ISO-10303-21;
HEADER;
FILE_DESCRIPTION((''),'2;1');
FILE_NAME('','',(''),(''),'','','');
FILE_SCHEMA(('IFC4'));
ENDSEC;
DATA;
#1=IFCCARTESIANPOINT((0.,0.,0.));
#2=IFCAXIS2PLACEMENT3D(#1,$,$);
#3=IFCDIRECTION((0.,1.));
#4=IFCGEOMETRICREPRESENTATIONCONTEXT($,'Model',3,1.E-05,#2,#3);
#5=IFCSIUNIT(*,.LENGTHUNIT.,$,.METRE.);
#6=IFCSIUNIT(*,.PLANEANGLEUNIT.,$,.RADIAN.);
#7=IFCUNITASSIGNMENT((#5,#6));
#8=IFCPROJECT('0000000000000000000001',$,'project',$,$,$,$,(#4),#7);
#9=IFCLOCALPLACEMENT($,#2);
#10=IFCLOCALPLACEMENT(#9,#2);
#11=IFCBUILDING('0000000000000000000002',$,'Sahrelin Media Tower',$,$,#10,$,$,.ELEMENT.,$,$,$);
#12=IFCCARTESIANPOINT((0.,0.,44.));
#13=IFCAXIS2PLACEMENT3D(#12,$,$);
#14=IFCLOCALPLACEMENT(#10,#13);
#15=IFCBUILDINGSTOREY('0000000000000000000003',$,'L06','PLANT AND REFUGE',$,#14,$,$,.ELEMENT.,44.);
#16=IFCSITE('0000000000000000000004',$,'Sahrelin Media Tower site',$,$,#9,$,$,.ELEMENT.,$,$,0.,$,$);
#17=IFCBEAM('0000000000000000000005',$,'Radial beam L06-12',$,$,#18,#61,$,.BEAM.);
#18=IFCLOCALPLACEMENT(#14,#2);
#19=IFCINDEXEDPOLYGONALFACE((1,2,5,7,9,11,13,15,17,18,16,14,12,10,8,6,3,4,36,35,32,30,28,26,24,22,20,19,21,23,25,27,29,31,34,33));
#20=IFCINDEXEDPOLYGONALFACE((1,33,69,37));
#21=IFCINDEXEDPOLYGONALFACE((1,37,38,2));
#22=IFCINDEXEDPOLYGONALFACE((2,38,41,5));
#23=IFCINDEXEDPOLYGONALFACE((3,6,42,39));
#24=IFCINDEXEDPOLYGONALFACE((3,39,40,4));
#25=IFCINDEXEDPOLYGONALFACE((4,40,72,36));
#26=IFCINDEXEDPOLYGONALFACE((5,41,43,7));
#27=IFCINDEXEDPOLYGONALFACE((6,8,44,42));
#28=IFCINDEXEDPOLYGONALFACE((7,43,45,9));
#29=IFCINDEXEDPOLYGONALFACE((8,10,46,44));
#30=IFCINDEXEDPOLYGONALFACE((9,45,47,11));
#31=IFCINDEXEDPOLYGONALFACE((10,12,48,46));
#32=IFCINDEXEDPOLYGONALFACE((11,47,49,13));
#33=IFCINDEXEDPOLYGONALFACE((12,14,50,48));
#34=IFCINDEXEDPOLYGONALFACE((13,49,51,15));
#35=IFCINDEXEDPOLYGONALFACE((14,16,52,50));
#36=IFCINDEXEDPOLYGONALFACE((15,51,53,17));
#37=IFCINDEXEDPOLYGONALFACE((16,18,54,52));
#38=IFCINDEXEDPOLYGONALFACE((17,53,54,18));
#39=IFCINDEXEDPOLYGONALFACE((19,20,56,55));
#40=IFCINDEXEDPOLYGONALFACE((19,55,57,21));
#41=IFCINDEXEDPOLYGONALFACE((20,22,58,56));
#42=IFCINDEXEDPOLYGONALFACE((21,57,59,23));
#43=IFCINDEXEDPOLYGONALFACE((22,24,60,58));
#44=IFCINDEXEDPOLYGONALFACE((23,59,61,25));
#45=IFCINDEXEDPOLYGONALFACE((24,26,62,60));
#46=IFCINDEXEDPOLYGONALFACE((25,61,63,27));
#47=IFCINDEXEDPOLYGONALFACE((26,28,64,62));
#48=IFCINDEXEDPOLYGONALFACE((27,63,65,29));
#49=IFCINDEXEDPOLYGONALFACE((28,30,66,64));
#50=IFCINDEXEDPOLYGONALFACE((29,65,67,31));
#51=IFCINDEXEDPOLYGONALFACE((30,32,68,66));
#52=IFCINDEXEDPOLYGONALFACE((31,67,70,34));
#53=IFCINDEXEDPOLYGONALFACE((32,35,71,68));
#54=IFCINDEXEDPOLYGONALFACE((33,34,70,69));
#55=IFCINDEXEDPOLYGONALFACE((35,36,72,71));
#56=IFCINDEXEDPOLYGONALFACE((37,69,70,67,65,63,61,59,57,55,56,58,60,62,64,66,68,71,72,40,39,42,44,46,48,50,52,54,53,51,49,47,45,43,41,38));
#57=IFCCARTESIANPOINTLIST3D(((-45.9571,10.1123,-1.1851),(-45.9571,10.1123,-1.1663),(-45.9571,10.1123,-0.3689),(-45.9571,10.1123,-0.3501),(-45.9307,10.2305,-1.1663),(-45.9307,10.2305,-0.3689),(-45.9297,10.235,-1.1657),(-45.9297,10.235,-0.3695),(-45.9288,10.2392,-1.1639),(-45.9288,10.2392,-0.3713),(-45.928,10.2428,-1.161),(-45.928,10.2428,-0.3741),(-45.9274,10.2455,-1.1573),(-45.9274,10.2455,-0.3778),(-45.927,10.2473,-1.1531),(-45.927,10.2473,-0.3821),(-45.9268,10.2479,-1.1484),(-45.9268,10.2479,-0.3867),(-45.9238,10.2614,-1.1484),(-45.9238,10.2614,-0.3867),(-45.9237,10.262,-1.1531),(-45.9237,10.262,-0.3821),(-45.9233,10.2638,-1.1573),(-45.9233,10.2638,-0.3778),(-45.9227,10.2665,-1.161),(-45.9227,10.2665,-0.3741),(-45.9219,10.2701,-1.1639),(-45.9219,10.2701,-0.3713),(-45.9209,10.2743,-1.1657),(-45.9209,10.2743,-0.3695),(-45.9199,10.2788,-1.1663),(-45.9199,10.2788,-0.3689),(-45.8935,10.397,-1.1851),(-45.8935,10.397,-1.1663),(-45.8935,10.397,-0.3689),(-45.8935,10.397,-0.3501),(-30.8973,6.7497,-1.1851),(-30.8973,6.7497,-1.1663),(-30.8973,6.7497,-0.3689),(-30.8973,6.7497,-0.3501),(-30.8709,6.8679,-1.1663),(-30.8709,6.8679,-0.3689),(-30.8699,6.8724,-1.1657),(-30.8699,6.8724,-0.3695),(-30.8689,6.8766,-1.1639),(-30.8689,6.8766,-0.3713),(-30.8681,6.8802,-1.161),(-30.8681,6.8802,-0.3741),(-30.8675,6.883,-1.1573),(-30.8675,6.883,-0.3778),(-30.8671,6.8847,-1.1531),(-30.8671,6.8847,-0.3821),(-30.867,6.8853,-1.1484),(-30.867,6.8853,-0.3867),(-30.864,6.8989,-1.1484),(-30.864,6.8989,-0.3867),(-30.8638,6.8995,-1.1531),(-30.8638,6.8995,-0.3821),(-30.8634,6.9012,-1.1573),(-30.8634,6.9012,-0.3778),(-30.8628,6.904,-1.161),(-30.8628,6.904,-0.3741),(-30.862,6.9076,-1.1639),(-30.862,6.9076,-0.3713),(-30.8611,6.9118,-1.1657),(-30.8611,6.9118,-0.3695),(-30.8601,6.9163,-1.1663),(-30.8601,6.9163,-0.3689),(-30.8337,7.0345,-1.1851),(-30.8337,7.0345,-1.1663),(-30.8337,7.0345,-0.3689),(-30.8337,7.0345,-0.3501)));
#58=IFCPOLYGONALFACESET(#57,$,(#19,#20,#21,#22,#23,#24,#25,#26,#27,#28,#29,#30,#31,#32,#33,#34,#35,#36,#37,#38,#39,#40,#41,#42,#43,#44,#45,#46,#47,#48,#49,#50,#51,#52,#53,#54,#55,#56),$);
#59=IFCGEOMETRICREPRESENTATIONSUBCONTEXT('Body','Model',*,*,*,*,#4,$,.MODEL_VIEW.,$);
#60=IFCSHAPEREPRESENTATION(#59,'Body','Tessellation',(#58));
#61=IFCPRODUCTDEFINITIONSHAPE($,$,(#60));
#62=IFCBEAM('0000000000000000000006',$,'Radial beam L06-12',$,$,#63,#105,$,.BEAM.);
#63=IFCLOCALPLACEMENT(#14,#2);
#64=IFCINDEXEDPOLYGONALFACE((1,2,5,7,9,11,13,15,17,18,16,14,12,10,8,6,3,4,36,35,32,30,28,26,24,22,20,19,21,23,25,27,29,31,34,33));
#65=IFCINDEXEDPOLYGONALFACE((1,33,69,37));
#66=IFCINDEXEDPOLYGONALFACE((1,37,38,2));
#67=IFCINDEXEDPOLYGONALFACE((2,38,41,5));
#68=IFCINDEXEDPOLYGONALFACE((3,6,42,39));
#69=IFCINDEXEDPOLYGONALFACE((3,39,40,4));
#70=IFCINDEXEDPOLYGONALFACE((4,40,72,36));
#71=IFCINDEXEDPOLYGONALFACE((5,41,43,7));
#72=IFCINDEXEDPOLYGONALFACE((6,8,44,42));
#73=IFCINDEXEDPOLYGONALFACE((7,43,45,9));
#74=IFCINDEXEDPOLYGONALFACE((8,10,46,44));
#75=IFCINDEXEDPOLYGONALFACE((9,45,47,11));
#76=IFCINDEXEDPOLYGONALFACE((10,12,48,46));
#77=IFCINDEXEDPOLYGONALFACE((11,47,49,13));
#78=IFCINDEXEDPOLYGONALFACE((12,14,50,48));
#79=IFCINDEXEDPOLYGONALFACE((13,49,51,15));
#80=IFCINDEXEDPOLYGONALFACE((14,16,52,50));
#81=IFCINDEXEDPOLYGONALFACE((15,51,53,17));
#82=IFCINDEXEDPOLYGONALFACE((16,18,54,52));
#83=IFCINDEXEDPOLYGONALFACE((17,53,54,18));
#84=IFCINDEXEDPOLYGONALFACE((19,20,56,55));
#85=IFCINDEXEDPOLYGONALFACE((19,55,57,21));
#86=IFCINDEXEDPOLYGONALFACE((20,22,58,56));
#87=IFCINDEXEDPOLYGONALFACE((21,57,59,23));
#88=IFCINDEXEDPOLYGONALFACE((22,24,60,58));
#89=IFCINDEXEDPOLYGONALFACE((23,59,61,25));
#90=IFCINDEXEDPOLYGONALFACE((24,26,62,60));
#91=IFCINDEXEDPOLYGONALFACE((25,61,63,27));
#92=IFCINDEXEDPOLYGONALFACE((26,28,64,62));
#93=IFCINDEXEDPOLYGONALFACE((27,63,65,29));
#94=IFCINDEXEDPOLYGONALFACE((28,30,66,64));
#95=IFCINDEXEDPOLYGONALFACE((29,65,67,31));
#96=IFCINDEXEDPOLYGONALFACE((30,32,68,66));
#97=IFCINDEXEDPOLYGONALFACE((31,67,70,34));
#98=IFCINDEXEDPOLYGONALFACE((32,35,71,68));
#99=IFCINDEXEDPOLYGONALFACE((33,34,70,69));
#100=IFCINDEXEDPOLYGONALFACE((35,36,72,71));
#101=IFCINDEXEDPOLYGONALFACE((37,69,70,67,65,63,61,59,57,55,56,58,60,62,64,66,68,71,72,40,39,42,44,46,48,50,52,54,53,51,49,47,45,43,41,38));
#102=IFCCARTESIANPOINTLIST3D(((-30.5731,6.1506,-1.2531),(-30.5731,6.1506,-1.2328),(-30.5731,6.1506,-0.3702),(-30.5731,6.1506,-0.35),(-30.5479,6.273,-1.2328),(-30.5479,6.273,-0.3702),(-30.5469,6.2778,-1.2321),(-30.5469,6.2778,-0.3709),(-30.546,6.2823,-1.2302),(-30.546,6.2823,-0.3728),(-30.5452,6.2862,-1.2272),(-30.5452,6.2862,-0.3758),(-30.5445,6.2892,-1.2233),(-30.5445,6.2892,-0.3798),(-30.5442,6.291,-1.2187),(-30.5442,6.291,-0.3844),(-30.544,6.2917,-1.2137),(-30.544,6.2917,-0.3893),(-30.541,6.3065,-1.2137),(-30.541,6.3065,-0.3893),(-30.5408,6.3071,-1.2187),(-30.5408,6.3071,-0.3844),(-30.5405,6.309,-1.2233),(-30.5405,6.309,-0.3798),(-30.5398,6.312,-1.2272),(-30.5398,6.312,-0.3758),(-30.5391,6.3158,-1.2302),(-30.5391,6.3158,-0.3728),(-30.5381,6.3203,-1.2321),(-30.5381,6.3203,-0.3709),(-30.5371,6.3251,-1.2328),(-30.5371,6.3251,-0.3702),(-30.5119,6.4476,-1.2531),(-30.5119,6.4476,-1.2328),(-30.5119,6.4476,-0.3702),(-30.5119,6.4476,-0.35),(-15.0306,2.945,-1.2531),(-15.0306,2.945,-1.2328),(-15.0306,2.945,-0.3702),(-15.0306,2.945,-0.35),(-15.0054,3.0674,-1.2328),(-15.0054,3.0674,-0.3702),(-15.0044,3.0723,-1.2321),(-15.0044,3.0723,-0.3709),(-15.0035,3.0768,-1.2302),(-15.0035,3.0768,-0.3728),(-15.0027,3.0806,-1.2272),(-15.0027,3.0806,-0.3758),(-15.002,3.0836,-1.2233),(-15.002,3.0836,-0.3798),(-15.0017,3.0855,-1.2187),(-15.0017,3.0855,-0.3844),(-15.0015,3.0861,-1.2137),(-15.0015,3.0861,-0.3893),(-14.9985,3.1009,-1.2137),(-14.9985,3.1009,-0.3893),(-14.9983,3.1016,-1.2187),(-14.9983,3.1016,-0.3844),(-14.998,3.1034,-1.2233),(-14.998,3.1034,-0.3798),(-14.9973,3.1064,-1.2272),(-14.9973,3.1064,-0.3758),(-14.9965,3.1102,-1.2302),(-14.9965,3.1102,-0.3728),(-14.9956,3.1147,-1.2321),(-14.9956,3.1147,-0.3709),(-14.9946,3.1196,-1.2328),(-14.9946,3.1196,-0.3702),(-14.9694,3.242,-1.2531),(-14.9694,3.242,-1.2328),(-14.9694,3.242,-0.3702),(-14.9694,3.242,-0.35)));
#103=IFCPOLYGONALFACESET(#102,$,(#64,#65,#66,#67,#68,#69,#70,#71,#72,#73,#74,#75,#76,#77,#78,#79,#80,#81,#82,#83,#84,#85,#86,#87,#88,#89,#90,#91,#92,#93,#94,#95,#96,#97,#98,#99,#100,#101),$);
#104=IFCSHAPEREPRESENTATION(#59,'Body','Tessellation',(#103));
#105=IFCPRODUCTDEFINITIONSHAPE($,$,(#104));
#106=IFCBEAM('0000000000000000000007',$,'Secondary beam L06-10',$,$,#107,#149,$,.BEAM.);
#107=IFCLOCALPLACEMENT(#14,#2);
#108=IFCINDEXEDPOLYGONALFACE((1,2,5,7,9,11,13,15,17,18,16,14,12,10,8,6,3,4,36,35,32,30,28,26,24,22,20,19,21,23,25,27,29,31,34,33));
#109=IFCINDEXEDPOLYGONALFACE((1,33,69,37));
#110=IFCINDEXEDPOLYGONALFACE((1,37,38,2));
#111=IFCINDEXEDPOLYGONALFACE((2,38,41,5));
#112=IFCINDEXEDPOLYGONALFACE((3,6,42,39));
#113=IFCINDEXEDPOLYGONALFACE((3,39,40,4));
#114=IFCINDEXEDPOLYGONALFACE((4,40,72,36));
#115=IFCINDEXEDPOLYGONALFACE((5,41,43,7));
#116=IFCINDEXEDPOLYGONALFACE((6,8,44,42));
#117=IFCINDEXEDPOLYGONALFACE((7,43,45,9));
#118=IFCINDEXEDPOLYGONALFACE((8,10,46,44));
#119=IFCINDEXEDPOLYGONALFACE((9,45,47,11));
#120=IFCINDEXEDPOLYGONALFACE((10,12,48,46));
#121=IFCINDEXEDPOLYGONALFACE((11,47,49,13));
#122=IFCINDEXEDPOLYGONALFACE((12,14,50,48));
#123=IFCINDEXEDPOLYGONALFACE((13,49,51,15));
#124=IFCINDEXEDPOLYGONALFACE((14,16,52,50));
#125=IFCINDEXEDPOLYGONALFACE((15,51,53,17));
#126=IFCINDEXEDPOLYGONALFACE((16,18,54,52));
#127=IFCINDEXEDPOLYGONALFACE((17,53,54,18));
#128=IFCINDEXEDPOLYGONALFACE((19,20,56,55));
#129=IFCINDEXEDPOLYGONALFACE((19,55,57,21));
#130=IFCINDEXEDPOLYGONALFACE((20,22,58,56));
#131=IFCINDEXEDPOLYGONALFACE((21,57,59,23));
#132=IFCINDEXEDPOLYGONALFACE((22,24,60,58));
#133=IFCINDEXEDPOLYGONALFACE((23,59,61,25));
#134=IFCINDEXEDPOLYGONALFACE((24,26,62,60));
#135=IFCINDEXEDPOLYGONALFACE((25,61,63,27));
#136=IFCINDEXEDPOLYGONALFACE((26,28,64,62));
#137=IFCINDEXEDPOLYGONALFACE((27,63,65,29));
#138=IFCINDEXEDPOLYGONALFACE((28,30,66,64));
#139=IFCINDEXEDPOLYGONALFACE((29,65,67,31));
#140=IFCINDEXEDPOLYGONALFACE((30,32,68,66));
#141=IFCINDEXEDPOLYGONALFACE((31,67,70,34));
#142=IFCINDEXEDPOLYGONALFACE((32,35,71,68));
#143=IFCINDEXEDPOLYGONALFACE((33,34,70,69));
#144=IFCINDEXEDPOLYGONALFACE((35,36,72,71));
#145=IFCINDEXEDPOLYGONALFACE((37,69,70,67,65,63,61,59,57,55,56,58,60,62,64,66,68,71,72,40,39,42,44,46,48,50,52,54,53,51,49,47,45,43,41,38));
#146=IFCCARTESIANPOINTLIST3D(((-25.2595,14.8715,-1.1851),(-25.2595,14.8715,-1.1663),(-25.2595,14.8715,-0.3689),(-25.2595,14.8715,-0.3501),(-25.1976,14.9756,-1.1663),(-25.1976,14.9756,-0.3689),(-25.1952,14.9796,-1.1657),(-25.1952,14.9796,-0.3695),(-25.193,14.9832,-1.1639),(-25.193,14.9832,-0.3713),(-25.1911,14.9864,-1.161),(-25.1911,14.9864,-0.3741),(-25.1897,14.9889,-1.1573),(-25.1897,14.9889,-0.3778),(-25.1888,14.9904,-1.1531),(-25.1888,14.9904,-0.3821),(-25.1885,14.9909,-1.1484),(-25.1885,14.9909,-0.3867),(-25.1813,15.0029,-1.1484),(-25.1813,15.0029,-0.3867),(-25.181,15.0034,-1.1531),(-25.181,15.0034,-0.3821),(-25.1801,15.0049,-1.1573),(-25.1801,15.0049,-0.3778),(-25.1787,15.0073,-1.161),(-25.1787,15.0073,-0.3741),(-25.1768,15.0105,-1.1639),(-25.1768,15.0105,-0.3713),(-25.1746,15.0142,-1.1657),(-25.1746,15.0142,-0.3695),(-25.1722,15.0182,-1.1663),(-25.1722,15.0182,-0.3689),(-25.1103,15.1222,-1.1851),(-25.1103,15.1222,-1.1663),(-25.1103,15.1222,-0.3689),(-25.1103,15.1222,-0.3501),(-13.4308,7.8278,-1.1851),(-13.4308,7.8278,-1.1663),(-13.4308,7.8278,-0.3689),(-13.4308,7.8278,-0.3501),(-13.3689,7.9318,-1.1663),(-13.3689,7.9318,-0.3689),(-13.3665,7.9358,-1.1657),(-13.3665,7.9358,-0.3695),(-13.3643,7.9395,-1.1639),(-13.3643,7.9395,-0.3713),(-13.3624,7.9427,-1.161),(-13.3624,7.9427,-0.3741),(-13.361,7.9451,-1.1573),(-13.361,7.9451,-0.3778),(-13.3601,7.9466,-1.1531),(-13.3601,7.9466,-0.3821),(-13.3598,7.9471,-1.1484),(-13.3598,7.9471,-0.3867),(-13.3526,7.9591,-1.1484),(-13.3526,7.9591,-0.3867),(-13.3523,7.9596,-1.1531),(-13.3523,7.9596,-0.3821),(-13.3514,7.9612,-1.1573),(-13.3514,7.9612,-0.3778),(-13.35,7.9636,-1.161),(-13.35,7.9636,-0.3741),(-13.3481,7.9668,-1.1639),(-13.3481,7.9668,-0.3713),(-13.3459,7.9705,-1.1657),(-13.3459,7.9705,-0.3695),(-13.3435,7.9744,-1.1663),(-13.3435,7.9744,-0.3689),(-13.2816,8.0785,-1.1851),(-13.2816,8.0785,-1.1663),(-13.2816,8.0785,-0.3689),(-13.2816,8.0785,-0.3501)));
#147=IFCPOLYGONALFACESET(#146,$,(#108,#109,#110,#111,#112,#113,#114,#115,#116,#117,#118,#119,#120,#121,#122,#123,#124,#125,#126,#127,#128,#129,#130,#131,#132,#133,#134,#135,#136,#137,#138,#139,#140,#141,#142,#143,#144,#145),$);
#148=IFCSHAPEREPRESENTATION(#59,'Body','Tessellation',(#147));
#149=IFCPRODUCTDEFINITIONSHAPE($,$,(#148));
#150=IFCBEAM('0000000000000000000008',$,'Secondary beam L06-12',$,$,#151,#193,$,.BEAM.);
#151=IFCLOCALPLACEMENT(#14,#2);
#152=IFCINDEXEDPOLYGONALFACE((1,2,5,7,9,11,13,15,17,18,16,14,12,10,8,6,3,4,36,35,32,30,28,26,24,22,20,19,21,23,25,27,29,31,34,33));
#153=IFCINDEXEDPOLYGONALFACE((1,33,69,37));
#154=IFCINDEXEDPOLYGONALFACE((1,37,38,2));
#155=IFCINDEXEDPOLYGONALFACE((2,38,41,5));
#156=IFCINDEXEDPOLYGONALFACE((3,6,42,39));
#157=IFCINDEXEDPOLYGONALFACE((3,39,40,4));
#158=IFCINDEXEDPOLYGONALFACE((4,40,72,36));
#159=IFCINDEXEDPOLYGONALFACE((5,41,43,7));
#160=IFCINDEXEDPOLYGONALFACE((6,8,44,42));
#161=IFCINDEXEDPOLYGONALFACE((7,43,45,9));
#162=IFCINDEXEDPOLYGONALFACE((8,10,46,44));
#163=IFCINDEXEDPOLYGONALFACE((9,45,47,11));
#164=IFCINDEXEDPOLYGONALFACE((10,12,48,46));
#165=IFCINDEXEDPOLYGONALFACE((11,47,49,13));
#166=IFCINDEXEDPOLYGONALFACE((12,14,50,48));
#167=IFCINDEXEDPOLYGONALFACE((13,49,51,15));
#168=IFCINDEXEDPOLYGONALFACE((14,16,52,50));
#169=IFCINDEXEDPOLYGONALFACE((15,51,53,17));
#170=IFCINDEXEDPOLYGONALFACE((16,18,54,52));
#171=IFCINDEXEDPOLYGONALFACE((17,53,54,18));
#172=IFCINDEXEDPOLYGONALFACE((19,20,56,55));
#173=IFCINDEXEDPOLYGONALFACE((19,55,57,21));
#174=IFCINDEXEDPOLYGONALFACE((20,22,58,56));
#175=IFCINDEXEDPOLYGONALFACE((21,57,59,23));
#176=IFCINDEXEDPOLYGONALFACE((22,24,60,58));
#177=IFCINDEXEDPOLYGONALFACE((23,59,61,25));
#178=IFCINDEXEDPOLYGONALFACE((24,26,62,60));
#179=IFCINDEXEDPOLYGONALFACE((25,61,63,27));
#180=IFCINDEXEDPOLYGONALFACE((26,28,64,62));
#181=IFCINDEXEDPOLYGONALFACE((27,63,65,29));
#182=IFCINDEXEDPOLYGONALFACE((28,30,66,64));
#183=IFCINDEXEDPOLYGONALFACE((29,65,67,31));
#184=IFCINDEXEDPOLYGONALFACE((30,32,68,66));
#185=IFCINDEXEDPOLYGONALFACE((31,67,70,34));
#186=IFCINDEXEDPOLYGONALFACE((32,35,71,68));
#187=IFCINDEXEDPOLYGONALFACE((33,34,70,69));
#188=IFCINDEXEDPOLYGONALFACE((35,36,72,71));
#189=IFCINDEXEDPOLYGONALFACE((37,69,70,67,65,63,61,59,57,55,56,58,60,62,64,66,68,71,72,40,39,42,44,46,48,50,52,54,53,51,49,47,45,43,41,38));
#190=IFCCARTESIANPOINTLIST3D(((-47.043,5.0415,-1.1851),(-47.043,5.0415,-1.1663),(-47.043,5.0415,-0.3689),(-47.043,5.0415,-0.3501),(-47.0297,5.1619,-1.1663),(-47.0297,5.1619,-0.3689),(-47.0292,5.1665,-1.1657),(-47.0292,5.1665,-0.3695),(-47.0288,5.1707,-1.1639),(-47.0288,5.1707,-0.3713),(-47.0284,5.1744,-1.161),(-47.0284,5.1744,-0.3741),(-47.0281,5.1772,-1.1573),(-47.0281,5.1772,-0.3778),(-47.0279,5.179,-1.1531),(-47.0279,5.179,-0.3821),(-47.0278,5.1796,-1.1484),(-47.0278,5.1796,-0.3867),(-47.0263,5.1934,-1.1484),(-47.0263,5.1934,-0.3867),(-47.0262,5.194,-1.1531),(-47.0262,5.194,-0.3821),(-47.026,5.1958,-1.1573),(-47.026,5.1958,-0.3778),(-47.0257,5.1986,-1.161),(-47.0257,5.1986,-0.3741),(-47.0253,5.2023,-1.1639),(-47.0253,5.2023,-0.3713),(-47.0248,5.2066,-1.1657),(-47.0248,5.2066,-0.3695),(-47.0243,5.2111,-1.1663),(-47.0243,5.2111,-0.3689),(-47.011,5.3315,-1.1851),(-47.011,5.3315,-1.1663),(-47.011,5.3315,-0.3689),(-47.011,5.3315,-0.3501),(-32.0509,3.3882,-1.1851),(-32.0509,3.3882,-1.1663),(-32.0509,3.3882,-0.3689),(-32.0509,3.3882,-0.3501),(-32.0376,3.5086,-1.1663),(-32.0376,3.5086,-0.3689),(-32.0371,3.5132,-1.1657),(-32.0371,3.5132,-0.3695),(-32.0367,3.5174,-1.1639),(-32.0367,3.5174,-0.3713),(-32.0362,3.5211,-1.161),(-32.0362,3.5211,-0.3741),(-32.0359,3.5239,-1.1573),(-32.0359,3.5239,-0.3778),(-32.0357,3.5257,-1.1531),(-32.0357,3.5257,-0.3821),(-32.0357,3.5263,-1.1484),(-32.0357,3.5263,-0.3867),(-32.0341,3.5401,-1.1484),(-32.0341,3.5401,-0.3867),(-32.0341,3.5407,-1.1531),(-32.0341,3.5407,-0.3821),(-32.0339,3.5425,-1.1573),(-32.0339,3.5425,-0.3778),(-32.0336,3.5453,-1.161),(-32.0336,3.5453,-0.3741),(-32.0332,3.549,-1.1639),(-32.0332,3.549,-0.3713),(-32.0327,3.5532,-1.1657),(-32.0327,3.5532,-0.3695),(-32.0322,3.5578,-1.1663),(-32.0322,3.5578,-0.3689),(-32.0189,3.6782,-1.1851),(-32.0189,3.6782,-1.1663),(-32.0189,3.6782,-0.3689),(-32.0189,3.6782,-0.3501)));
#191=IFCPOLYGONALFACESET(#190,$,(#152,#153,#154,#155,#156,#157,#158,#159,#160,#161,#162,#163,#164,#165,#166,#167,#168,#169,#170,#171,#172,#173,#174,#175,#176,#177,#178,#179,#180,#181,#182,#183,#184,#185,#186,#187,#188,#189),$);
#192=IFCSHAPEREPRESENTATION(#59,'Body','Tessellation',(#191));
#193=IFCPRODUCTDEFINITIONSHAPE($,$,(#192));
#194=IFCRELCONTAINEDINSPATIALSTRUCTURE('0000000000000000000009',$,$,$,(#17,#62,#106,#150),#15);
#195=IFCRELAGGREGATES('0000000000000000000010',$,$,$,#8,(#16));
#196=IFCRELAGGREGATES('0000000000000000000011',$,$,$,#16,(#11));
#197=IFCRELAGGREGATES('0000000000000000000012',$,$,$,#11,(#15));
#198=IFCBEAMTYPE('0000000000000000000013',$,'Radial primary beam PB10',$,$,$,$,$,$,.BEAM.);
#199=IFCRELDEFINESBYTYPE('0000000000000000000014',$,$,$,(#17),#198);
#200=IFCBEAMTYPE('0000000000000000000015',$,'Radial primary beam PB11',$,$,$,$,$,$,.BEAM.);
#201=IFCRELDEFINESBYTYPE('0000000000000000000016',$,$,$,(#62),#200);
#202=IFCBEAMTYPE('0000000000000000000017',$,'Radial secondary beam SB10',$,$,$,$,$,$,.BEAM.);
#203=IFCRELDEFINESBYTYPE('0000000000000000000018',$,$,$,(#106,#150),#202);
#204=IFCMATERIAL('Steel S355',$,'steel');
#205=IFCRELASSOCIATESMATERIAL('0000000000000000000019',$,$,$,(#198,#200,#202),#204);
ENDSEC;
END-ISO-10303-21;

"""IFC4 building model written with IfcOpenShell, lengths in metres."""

from ifc_helpers import new_model, si_unit, direction, frame, origin, origin_2d, place, context, subcontext, project, spatial, i_section, extrude, material, material_profile, profile_set, type_object, element, save


model = new_model("IFC4")

# Units and contexts
model_context = context("Model", 3, precision=1e-05, world=origin(), true_north=direction((0.0, 1.0)))
body_context = subcontext(model_context, "Body", "Model", "MODEL_VIEW")
ifc_project = project(units=[si_unit("LENGTHUNIT", "METRE"), si_unit("PLANEANGLEUNIT", "RADIAN")], contexts=[model_context])

# Site, building, storey
site_placement = place(None, origin())
site = spatial("IfcSite", under=ifc_project, at=site_placement, Name="Sahrelin Media Tower site", CompositionType="ELEMENT", RefElevation=0.0)
building_placement = place(site_placement, origin())
building = spatial("IfcBuilding", under=site, at=building_placement, Name="Sahrelin Media Tower", CompositionType="ELEMENT")
storey_placement = place(building_placement, frame((0.0, 0.0, 44.0)))
storey = spatial("IfcBuildingStorey", under=building, at=storey_placement, Name="L06", Description="PLANT AND REFUGE", CompositionType="ELEMENT", Elevation=44.0)

# Beams
ifc_material_1 = material(Name="Steel S355", Category="steel")
ifc_material_profile_1 = material_profile(ifc_material_1, i_section(OverallWidth=0.2917, OverallDepth=0.835, WebThickness=0.0139, FlangeThickness=0.0188, FilletRadius=0.0178, at=origin_2d()), Name="UB 838x292x176")
ifc_profile_set_1 = profile_set([ifc_material_profile_1], Name="Steel S355")
beam_type_1 = type_object("IfcBeamType", Name="Radial primary beam PB10", PredefinedType="BEAM", material=ifc_profile_set_1)
beam_1_placement = place(storey_placement, frame((-30.8655, 6.8921, -0.7676), z_axis=(-0.975968, 0.217914, 0.0), x_axis=(-0.217914, -0.975968, 0.0)))
element("IfcBeam", 1, at=beam_1_placement, inside=storey, type_object=beam_type_1, Name="Radial beam L06-12", PredefinedType="BEAM", context=body_context, shape_type="SweptSolid", body=[
    extrude(i_section(OverallWidth=0.2917, OverallDepth=0.835, WebThickness=0.0139, FlangeThickness=0.0188, FilletRadius=0.0178, at=origin_2d()), origin(), (0.0, 0.0, 1.0), 15.4307),
])
ifc_material_profile_2 = material_profile(ifc_material_1, i_section(OverallWidth=0.3032, OverallDepth=0.9031, WebThickness=0.0151, FlangeThickness=0.0203, FilletRadius=0.019, at=origin_2d()), Name="UB 914x305x201")
ifc_profile_set_2 = profile_set([ifc_material_profile_2], Name="Steel S355")
beam_type_2 = type_object("IfcBeamType", Name="Radial primary beam PB11", PredefinedType="BEAM", material=ifc_profile_set_2)
beam_2_placement = place(storey_placement, frame((-15.0, 3.0935, -0.8015), z_axis=(-0.979387, 0.201994, 0.0), x_axis=(-0.201994, -0.979387, 0.0)))
element("IfcBeam", 2, at=beam_2_placement, inside=storey, type_object=beam_type_2, Name="Radial beam L06-12", PredefinedType="BEAM", context=body_context, shape_type="SweptSolid", body=[
    extrude(i_section(OverallWidth=0.3032, OverallDepth=0.9031, WebThickness=0.0151, FlangeThickness=0.0203, FilletRadius=0.019, at=origin_2d()), origin(), (0.0, 0.0, 1.0), 15.8696),
])
ifc_material_profile_3 = material_profile(ifc_material_1, i_section(OverallWidth=0.2917, OverallDepth=0.835, WebThickness=0.0139, FlangeThickness=0.0188, FilletRadius=0.0178, at=origin_2d()), Name="UB 838x292x176")
ifc_profile_set_3 = profile_set([ifc_material_profile_3], Name="Steel S355")
beam_type_3 = type_object("IfcBeamType", Name="Radial secondary beam SB10", PredefinedType="BEAM", material=ifc_profile_set_3)
beam_3_placement = place(storey_placement, frame((-13.3562, 7.9531, -0.7676), z_axis=(-0.859202, 0.511637, 0.0), x_axis=(-0.511637, -0.859202, 0.0)))
element("IfcBeam", 3, at=beam_3_placement, inside=storey, type_object=beam_type_3, Name="Secondary beam L06-10", PredefinedType="BEAM", context=body_context, shape_type="SweptSolid", body=[
    extrude(i_section(OverallWidth=0.2917, OverallDepth=0.835, WebThickness=0.0139, FlangeThickness=0.0188, FilletRadius=0.0178, at=origin_2d()), origin(), (0.0, 0.0, 1.0), 13.7671),
])
beam_4_placement = place(storey_placement, frame((-32.0349, 3.5332, -0.7676), z_axis=(-0.993974, 0.109614, 0.0), x_axis=(-0.109614, -0.993974, 0.0)))
element("IfcBeam", 4, at=beam_4_placement, inside=storey, type_object=beam_type_3, Name="Secondary beam L06-12", PredefinedType="BEAM", context=body_context, shape_type="SweptSolid", body=[
    extrude(i_section(OverallWidth=0.2917, OverallDepth=0.835, WebThickness=0.0139, FlangeThickness=0.0188, FilletRadius=0.0178, at=origin_2d()), origin(), (0.0, 0.0, 1.0), 15.083),
])

save(model, "model.ifc")
